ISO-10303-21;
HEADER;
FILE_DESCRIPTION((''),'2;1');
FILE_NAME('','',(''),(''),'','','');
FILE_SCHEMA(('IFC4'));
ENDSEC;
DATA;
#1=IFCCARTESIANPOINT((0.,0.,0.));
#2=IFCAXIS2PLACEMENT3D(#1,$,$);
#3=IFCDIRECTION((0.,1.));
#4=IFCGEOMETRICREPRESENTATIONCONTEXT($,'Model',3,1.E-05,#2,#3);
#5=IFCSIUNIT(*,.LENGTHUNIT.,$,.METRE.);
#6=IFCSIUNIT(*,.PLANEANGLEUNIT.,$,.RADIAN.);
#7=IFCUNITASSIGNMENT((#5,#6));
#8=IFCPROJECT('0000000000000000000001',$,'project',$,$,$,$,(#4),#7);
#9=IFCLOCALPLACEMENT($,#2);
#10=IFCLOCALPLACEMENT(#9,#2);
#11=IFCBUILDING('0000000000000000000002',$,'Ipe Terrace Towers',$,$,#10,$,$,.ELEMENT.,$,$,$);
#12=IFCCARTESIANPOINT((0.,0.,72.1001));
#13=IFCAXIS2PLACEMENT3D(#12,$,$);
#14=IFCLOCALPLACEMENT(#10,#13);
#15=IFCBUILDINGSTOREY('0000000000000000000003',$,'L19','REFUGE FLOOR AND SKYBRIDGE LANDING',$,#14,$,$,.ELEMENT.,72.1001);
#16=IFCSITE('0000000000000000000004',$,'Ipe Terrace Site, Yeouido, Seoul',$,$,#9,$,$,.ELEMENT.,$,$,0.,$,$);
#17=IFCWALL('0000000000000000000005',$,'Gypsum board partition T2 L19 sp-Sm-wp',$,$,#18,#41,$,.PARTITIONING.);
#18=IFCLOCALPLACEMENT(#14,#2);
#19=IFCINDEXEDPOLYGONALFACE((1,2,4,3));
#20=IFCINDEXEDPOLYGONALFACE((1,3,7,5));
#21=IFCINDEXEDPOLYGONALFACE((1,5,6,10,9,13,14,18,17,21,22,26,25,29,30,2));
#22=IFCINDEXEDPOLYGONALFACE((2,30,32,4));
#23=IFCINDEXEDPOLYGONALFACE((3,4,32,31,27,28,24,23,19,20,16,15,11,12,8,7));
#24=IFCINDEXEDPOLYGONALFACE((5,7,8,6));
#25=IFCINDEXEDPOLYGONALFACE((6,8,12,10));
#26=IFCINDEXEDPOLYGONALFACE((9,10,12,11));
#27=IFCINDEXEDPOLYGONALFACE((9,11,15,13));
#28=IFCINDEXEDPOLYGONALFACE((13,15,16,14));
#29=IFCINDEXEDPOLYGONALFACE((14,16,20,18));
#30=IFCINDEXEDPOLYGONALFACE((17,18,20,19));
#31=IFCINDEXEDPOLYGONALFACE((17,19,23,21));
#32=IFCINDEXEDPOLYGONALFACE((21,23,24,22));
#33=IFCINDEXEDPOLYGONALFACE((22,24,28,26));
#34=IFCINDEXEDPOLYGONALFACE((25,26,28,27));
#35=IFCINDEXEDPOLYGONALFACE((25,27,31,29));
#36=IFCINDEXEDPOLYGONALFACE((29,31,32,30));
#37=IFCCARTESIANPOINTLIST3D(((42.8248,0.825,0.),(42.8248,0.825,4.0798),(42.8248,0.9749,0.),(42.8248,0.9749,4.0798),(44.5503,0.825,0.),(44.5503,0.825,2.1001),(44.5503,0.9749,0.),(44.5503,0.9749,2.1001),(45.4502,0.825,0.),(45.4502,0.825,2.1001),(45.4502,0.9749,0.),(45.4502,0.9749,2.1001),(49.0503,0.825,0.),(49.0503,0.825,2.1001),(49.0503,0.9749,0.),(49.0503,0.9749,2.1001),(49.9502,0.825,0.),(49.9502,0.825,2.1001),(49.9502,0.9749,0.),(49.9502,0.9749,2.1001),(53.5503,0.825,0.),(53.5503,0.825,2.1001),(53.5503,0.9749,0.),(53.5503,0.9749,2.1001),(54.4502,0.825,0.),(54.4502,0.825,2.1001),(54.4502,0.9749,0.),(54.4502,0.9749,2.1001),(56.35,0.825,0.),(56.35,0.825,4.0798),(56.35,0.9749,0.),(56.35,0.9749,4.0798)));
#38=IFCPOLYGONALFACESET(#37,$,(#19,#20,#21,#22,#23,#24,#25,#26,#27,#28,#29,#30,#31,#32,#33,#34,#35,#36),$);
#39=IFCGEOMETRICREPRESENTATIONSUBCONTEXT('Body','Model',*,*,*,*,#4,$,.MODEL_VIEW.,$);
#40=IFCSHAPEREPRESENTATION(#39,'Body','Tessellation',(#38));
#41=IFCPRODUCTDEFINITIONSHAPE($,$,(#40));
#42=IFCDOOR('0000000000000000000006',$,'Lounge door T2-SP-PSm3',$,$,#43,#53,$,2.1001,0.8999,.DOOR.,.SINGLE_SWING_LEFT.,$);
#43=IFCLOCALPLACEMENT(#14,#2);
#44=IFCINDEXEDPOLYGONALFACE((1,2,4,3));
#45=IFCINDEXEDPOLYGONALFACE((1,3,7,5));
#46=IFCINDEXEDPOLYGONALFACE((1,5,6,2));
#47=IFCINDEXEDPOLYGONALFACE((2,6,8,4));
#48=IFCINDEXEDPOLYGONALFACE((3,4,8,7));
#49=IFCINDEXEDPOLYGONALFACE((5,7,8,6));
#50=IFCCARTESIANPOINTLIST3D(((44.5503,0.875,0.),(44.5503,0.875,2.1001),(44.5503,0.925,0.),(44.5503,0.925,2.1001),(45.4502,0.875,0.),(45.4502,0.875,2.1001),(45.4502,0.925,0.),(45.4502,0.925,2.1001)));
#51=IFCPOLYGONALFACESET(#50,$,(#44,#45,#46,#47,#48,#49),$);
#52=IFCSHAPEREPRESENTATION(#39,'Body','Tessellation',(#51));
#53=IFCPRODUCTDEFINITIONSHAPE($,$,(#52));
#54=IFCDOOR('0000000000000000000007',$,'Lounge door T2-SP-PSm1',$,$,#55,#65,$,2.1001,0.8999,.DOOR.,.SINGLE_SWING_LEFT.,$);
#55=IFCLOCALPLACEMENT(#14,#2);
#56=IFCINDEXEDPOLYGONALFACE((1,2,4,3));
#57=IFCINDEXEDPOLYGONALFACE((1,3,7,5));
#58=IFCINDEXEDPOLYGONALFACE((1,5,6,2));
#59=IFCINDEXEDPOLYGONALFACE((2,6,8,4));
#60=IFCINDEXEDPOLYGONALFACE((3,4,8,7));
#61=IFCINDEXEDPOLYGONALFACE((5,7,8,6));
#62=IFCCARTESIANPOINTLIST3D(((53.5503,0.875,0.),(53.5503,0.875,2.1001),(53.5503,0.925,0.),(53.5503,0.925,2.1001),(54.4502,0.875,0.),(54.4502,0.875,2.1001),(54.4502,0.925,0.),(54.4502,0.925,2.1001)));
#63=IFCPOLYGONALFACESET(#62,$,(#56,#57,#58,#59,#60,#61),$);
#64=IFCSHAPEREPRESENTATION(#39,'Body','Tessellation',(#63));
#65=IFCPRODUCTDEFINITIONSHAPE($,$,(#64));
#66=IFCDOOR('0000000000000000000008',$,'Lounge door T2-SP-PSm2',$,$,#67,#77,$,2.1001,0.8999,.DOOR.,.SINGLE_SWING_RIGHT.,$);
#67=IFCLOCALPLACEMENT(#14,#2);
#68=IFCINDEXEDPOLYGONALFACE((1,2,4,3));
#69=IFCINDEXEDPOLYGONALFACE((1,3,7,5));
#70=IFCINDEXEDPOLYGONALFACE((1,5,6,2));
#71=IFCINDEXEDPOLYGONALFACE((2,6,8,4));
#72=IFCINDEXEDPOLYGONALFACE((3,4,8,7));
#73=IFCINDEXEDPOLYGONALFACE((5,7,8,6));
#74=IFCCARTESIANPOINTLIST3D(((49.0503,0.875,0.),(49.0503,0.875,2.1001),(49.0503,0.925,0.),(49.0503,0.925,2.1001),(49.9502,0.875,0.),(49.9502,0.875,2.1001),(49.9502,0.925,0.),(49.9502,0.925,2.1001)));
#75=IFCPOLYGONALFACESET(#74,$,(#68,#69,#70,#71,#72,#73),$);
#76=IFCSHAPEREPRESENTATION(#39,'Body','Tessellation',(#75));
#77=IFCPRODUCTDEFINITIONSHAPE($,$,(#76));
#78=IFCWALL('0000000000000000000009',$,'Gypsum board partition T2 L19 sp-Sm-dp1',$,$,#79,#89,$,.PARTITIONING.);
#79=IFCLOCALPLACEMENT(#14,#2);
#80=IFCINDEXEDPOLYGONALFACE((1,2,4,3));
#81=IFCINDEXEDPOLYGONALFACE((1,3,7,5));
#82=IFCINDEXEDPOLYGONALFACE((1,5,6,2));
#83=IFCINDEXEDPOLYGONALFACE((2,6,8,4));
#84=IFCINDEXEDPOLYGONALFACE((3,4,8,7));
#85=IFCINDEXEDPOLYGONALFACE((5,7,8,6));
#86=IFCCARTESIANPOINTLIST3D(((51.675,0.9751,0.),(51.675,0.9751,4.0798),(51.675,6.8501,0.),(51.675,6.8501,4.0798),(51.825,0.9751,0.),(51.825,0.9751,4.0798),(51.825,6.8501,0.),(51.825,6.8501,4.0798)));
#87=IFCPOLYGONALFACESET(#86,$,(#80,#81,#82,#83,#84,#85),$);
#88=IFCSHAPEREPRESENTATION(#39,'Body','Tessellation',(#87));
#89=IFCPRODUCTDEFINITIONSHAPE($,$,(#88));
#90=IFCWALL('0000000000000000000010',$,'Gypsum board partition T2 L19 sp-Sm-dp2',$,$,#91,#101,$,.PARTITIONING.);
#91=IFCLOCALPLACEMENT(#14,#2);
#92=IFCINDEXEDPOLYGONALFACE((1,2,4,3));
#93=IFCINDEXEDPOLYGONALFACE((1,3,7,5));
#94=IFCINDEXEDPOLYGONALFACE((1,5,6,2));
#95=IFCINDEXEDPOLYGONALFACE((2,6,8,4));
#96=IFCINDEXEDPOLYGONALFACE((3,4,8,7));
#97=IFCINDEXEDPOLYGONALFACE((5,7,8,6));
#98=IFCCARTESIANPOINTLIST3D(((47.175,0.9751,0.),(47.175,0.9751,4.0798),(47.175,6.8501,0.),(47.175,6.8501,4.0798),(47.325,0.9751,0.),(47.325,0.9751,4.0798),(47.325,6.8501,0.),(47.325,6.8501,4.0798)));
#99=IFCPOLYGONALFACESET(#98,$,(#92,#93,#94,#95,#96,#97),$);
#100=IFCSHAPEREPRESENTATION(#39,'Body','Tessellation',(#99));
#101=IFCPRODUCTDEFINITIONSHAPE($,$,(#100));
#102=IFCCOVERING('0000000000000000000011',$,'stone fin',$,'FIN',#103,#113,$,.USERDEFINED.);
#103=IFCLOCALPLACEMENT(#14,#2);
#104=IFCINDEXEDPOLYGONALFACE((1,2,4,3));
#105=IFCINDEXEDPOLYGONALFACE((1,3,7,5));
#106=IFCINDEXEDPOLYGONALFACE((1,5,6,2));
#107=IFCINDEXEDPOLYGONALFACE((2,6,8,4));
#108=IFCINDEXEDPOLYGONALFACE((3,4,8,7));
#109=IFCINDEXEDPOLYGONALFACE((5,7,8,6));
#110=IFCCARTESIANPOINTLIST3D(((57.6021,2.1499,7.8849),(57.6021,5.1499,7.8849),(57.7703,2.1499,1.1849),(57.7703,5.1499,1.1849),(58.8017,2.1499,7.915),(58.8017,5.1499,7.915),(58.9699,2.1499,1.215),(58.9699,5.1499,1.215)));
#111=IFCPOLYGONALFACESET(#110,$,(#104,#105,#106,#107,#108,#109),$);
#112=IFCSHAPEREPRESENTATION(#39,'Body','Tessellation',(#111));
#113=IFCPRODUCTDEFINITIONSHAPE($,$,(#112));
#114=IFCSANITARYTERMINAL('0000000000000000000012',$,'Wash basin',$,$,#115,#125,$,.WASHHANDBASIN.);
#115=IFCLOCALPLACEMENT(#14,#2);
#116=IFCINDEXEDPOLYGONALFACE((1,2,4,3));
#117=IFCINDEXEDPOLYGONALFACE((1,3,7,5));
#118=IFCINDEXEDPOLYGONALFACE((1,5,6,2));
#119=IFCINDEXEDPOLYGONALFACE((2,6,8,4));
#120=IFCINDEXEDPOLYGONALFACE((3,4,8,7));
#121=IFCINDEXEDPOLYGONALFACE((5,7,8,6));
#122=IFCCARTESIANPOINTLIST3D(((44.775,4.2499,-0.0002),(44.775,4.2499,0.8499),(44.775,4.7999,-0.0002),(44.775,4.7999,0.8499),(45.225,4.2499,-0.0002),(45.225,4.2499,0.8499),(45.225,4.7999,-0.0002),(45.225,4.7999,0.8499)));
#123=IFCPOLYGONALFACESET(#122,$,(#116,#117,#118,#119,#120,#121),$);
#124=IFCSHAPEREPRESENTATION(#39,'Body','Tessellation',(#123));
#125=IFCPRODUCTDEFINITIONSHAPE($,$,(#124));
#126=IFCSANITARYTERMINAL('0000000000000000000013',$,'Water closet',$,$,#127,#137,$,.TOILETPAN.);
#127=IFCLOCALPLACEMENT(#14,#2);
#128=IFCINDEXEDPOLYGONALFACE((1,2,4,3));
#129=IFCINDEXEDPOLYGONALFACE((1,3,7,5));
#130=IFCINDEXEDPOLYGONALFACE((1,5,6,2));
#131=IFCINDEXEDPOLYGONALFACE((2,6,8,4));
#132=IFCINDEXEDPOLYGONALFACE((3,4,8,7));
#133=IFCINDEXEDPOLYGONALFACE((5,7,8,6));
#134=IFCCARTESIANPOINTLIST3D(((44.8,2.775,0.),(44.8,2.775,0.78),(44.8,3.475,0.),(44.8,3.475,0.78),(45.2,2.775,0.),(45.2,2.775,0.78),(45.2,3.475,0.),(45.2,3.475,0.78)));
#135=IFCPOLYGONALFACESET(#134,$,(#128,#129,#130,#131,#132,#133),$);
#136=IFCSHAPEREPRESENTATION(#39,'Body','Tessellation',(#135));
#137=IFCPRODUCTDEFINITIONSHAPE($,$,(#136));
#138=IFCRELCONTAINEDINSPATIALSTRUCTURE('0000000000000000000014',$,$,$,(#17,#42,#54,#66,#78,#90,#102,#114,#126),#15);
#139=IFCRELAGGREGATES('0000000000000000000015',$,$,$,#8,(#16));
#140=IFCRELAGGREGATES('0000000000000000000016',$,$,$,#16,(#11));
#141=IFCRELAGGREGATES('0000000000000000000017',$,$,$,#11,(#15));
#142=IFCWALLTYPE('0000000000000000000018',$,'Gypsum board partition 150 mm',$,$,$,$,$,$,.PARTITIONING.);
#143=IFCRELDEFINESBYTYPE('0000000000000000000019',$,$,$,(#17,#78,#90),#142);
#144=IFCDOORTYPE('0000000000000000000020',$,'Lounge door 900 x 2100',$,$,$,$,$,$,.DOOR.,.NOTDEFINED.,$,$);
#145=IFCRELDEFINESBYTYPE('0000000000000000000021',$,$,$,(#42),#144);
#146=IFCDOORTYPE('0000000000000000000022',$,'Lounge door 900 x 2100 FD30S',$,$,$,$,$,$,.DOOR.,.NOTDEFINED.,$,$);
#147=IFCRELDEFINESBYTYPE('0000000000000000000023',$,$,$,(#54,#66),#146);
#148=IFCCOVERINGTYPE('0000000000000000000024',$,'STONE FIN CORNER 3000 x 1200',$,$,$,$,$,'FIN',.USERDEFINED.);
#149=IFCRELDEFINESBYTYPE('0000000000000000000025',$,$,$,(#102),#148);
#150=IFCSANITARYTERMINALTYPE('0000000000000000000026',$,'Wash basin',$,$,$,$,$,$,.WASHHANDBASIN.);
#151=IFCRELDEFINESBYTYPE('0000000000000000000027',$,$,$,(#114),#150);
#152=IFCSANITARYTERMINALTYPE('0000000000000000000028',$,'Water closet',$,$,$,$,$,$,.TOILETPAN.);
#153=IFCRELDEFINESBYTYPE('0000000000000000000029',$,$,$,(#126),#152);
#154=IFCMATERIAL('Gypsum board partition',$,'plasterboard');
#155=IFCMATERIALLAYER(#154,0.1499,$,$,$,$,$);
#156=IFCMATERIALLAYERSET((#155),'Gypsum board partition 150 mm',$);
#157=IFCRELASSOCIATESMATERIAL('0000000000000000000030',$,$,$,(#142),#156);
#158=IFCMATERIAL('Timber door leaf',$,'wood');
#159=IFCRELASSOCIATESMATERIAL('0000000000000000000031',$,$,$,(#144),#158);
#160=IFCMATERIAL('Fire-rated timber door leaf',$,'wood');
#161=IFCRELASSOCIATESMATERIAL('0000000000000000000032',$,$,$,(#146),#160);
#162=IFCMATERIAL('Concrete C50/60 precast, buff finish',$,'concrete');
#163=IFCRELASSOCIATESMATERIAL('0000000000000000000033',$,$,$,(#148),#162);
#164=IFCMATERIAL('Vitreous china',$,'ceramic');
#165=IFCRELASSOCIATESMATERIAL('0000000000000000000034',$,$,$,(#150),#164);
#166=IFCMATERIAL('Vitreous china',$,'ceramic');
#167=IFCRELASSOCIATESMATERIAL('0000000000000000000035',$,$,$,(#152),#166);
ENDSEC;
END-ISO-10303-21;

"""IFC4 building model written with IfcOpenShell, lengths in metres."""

from ifc_helpers import new_model, si_unit, direction, frame, frame_2d, origin, origin_2d, place, context, subcontext, project, spatial, rectangle, extrude, material, layer, layer_set, material_profile, profile_set, type_object, element, fill, save


model = new_model("IFC4")

# Units and contexts
model_context = context("Model", 3, precision=1e-05, world=origin(), true_north=direction((0.0, 1.0)))
body_context = subcontext(model_context, "Body", "Model", "MODEL_VIEW")
ifc_project = project(units=[si_unit("LENGTHUNIT", "METRE"), si_unit("PLANEANGLEUNIT", "RADIAN")], contexts=[model_context])

# Site, building, storey
site_placement = place(None, origin())
site = spatial("IfcSite", under=ifc_project, at=site_placement, Name="Ipe Terrace Site, Yeouido, Seoul", CompositionType="ELEMENT", RefElevation=0.0)
building_placement = place(site_placement, origin())
building = spatial("IfcBuilding", under=site, at=building_placement, Name="Ipe Terrace Towers", CompositionType="ELEMENT")
storey_placement = place(building_placement, frame((0.0, 0.0, 72.1001)))
storey = spatial("IfcBuildingStorey", under=building, at=storey_placement, Name="L19", Description="REFUGE FLOOR AND SKYBRIDGE LANDING", CompositionType="ELEMENT", Elevation=72.1001)

# Shared definitions
ifc_material_1 = material(Name="Gypsum board partition", Category="plasterboard")
ifc_layer_1 = layer(ifc_material_1, 0.1499)
ifc_layer_set_1 = layer_set([ifc_layer_1], Name="Gypsum board partition 150 mm")
wall_type_1 = type_object("IfcWallType", Name="Gypsum board partition 150 mm", PredefinedType="PARTITIONING", material=ifc_layer_set_1)

# Wall, openings, doors
wall_1_placement = place(storey_placement, frame((56.3501, 0.8999, 0.0), z_axis=(0.0, 0.0, 1.0), x_axis=(-1.0, 0.0, 0.0)))
wall_1 = element("IfcWall", 1, at=wall_1_placement, inside=storey, type_object=wall_type_1, Name="Gypsum board partition T2 L19 sp-Sm-wp", PredefinedType="PARTITIONING", context=body_context, shape_type="SweptSolid", body=[
    extrude(rectangle(XDim=13.5251, YDim=0.1499, at=frame_2d((6.7627, 0.0))), origin(), (0.0, 0.0, 1.0), 4.0798),
])
opening_1_placement = place(wall_1_placement, frame((1.8999, 0.0, 0.0)))
opening_1 = element("IfcOpeningElement", 2, at=opening_1_placement, cuts=wall_1, PredefinedType="OPENING", context=body_context, shape_type="SweptSolid", body=[
    extrude(rectangle(XDim=0.8999, YDim=2.1001, at=frame_2d((0.45, 1.05))), frame((0.0, 0.085, 0.0), z_axis=(0.0, -1.0, 0.0), x_axis=(1.0, 0.0, 0.0)), (0.0, 0.0, 1.0), 0.1699),
])
opening_2_placement = place(wall_1_placement, frame((6.3999, 0.0, 0.0)))
opening_2 = element("IfcOpeningElement", 3, at=opening_2_placement, cuts=wall_1, PredefinedType="OPENING", context=body_context, shape_type="SweptSolid", body=[
    extrude(rectangle(XDim=0.8999, YDim=2.1001, at=frame_2d((0.45, 1.05))), frame((0.0, 0.085, 0.0), z_axis=(0.0, -1.0, 0.0), x_axis=(1.0, 0.0, 0.0)), (0.0, 0.0, 1.0), 0.1699),
])
opening_3_placement = place(wall_1_placement, frame((10.8999, 0.0, 0.0)))
opening_3 = element("IfcOpeningElement", 4, at=opening_3_placement, cuts=wall_1, PredefinedType="OPENING", context=body_context, shape_type="SweptSolid", body=[
    extrude(rectangle(XDim=0.8999, YDim=2.1001, at=frame_2d((0.45, 1.05))), frame((0.0, 0.085, 0.0), z_axis=(0.0, -1.0, 0.0), x_axis=(1.0, 0.0, 0.0)), (0.0, 0.0, 1.0), 0.1699),
])
ifc_material_2 = material(Name="Timber door leaf", Category="wood")
door_type_1 = type_object("IfcDoorType", Name="Lounge door 900 x 2100", OperationType="NOTDEFINED", PredefinedType="DOOR", material=ifc_material_2)
door_1_placement = place(opening_3_placement, origin())
door_1 = element("IfcDoor", 5, at=door_1_placement, inside=storey, type_object=door_type_1, Name="Lounge door T2-SP-PSm3", OperationType="SINGLE_SWING_LEFT", OverallHeight=2.1001, OverallWidth=0.8999, PredefinedType="DOOR", context=body_context, shape_type="SweptSolid", body=[
    extrude(rectangle(XDim=0.8999, YDim=2.1001, at=frame_2d((0.45, 1.05))), frame((0.0, 0.0249, 0.0), z_axis=(0.0, -1.0, 0.0), x_axis=(1.0, 0.0, 0.0)), (0.0, 0.0, 1.0), 0.05),
])
fill(opening_3, door_1)
ifc_material_3 = material(Name="Fire-rated timber door leaf", Category="wood")
door_type_2 = type_object("IfcDoorType", Name="Lounge door 900 x 2100 FD30S", OperationType="NOTDEFINED", PredefinedType="DOOR", material=ifc_material_3)
door_2_placement = place(opening_1_placement, origin())
door_2 = element("IfcDoor", 6, at=door_2_placement, inside=storey, type_object=door_type_2, Name="Lounge door T2-SP-PSm1", OperationType="SINGLE_SWING_LEFT", OverallHeight=2.1001, OverallWidth=0.8999, PredefinedType="DOOR", context=body_context, shape_type="SweptSolid", body=[
    extrude(rectangle(XDim=0.8999, YDim=2.1001, at=frame_2d((0.45, 1.05))), frame((0.0, 0.0249, 0.0), z_axis=(0.0, -1.0, 0.0), x_axis=(1.0, 0.0, 0.0)), (0.0, 0.0, 1.0), 0.05),
])
fill(opening_1, door_2)
door_3_placement = place(opening_2_placement, origin())
door_3 = element("IfcDoor", 7, at=door_3_placement, inside=storey, type_object=door_type_2, Name="Lounge door T2-SP-PSm2", OperationType="SINGLE_SWING_RIGHT", OverallHeight=2.1001, OverallWidth=0.8999, PredefinedType="DOOR", context=body_context, shape_type="SweptSolid", body=[
    extrude(rectangle(XDim=0.8999, YDim=2.1001, at=frame_2d((0.45, 1.05))), frame((0.0, 0.0249, 0.0), z_axis=(0.0, -1.0, 0.0), x_axis=(1.0, 0.0, 0.0)), (0.0, 0.0, 1.0), 0.05),
])
fill(opening_2, door_3)

# Walls
for number, where, z_axis, x_axis, name in (
    (8, (51.75, 0.9751, 0.0), (0.0, 0.0, 1.0), (0.0, 1.0, 0.0), "Gypsum board partition T2 L19 sp-Sm-dp1"),
    (9, (47.25, 0.9751, 0.0), (0.0, 0.0, 1.0), (0.0, 1.0, 0.0), "Gypsum board partition T2 L19 sp-Sm-dp2"),
):
    element("IfcWall", number, at=place(storey_placement, frame(where, z_axis=z_axis, x_axis=x_axis)), inside=storey, type_object=wall_type_1, Name=name, PredefinedType="PARTITIONING", context=body_context, shape_type="SweptSolid", body=[
        extrude(rectangle(XDim=5.875, YDim=0.1499, at=frame_2d((2.9375, 0.0))), origin(), (0.0, 0.0, 1.0), 4.0798),
    ])

# Covering
ifc_material_4 = material(Name="Concrete C50/60 precast, buff finish", Category="concrete")
ifc_material_profile_1 = material_profile(ifc_material_4, rectangle(XDim=3.0, YDim=1.2, at=origin_2d()), Name="STONE FIN CORNER 3000 x 1200")
ifc_profile_set_1 = profile_set([ifc_material_profile_1], Name="Concrete C50/60 precast, buff finish")
covering_type = type_object("IfcCoveringType", Name="STONE FIN CORNER 3000 x 1200", ElementType="FIN", PredefinedType="USERDEFINED", material=ifc_profile_set_1)
covering_placement = place(storey_placement, frame((58.3701, 3.6499, 1.2), z_axis=(-0.025099, 0.0, 0.999685), x_axis=(0.0, 1.0, 0.0)))
element("IfcCovering", 10, at=covering_placement, inside=storey, type_object=covering_type, Name="stone fin", ObjectType="FIN", PredefinedType="USERDEFINED", context=body_context, shape_type="SweptSolid", body=[
    extrude(rectangle(XDim=3.0, YDim=1.2, at=origin_2d()), origin(), (0.0, 0.0, 1.0), 6.7021),
])

# Sanitary terminals
ifc_material_5 = material(Name="Vitreous china", Category="ceramic")
sanitary_terminal_type_1 = type_object("IfcSanitaryTerminalType", Name="Wash basin", PredefinedType="WASHHANDBASIN", material=ifc_material_5)
sanitary_terminal_1_placement = place(storey_placement, frame((45.0, 4.5249, -0.0002), z_axis=(0.0, 0.0, 1.0), x_axis=(0.0, 1.0, 0.0)))
element("IfcSanitaryTerminal", 11, at=sanitary_terminal_1_placement, inside=storey, type_object=sanitary_terminal_type_1, Name="Wash basin", PredefinedType="WASHHANDBASIN", context=body_context, shape_type="SweptSolid", body=[
    extrude(rectangle(XDim=0.55, YDim=0.45, at=origin_2d()), origin(), (0.0, 0.0, 1.0), 0.8501),
])
ifc_material_6 = material(Name="Vitreous china", Category="ceramic")
sanitary_terminal_type_2 = type_object("IfcSanitaryTerminalType", Name="Water closet", PredefinedType="TOILETPAN", material=ifc_material_6)
sanitary_terminal_2_placement = place(storey_placement, frame((45.0, 3.125, 0.0), z_axis=(0.0, 0.0, 1.0), x_axis=(0.0, 1.0, 0.0)))
element("IfcSanitaryTerminal", 12, at=sanitary_terminal_2_placement, inside=storey, type_object=sanitary_terminal_type_2, Name="Water closet", PredefinedType="TOILETPAN", context=body_context, shape_type="SweptSolid", body=[
    extrude(rectangle(XDim=0.7, YDim=0.3999, at=origin_2d()), origin(), (0.0, 0.0, 1.0), 0.78),
])

save(model, "model.ifc")
